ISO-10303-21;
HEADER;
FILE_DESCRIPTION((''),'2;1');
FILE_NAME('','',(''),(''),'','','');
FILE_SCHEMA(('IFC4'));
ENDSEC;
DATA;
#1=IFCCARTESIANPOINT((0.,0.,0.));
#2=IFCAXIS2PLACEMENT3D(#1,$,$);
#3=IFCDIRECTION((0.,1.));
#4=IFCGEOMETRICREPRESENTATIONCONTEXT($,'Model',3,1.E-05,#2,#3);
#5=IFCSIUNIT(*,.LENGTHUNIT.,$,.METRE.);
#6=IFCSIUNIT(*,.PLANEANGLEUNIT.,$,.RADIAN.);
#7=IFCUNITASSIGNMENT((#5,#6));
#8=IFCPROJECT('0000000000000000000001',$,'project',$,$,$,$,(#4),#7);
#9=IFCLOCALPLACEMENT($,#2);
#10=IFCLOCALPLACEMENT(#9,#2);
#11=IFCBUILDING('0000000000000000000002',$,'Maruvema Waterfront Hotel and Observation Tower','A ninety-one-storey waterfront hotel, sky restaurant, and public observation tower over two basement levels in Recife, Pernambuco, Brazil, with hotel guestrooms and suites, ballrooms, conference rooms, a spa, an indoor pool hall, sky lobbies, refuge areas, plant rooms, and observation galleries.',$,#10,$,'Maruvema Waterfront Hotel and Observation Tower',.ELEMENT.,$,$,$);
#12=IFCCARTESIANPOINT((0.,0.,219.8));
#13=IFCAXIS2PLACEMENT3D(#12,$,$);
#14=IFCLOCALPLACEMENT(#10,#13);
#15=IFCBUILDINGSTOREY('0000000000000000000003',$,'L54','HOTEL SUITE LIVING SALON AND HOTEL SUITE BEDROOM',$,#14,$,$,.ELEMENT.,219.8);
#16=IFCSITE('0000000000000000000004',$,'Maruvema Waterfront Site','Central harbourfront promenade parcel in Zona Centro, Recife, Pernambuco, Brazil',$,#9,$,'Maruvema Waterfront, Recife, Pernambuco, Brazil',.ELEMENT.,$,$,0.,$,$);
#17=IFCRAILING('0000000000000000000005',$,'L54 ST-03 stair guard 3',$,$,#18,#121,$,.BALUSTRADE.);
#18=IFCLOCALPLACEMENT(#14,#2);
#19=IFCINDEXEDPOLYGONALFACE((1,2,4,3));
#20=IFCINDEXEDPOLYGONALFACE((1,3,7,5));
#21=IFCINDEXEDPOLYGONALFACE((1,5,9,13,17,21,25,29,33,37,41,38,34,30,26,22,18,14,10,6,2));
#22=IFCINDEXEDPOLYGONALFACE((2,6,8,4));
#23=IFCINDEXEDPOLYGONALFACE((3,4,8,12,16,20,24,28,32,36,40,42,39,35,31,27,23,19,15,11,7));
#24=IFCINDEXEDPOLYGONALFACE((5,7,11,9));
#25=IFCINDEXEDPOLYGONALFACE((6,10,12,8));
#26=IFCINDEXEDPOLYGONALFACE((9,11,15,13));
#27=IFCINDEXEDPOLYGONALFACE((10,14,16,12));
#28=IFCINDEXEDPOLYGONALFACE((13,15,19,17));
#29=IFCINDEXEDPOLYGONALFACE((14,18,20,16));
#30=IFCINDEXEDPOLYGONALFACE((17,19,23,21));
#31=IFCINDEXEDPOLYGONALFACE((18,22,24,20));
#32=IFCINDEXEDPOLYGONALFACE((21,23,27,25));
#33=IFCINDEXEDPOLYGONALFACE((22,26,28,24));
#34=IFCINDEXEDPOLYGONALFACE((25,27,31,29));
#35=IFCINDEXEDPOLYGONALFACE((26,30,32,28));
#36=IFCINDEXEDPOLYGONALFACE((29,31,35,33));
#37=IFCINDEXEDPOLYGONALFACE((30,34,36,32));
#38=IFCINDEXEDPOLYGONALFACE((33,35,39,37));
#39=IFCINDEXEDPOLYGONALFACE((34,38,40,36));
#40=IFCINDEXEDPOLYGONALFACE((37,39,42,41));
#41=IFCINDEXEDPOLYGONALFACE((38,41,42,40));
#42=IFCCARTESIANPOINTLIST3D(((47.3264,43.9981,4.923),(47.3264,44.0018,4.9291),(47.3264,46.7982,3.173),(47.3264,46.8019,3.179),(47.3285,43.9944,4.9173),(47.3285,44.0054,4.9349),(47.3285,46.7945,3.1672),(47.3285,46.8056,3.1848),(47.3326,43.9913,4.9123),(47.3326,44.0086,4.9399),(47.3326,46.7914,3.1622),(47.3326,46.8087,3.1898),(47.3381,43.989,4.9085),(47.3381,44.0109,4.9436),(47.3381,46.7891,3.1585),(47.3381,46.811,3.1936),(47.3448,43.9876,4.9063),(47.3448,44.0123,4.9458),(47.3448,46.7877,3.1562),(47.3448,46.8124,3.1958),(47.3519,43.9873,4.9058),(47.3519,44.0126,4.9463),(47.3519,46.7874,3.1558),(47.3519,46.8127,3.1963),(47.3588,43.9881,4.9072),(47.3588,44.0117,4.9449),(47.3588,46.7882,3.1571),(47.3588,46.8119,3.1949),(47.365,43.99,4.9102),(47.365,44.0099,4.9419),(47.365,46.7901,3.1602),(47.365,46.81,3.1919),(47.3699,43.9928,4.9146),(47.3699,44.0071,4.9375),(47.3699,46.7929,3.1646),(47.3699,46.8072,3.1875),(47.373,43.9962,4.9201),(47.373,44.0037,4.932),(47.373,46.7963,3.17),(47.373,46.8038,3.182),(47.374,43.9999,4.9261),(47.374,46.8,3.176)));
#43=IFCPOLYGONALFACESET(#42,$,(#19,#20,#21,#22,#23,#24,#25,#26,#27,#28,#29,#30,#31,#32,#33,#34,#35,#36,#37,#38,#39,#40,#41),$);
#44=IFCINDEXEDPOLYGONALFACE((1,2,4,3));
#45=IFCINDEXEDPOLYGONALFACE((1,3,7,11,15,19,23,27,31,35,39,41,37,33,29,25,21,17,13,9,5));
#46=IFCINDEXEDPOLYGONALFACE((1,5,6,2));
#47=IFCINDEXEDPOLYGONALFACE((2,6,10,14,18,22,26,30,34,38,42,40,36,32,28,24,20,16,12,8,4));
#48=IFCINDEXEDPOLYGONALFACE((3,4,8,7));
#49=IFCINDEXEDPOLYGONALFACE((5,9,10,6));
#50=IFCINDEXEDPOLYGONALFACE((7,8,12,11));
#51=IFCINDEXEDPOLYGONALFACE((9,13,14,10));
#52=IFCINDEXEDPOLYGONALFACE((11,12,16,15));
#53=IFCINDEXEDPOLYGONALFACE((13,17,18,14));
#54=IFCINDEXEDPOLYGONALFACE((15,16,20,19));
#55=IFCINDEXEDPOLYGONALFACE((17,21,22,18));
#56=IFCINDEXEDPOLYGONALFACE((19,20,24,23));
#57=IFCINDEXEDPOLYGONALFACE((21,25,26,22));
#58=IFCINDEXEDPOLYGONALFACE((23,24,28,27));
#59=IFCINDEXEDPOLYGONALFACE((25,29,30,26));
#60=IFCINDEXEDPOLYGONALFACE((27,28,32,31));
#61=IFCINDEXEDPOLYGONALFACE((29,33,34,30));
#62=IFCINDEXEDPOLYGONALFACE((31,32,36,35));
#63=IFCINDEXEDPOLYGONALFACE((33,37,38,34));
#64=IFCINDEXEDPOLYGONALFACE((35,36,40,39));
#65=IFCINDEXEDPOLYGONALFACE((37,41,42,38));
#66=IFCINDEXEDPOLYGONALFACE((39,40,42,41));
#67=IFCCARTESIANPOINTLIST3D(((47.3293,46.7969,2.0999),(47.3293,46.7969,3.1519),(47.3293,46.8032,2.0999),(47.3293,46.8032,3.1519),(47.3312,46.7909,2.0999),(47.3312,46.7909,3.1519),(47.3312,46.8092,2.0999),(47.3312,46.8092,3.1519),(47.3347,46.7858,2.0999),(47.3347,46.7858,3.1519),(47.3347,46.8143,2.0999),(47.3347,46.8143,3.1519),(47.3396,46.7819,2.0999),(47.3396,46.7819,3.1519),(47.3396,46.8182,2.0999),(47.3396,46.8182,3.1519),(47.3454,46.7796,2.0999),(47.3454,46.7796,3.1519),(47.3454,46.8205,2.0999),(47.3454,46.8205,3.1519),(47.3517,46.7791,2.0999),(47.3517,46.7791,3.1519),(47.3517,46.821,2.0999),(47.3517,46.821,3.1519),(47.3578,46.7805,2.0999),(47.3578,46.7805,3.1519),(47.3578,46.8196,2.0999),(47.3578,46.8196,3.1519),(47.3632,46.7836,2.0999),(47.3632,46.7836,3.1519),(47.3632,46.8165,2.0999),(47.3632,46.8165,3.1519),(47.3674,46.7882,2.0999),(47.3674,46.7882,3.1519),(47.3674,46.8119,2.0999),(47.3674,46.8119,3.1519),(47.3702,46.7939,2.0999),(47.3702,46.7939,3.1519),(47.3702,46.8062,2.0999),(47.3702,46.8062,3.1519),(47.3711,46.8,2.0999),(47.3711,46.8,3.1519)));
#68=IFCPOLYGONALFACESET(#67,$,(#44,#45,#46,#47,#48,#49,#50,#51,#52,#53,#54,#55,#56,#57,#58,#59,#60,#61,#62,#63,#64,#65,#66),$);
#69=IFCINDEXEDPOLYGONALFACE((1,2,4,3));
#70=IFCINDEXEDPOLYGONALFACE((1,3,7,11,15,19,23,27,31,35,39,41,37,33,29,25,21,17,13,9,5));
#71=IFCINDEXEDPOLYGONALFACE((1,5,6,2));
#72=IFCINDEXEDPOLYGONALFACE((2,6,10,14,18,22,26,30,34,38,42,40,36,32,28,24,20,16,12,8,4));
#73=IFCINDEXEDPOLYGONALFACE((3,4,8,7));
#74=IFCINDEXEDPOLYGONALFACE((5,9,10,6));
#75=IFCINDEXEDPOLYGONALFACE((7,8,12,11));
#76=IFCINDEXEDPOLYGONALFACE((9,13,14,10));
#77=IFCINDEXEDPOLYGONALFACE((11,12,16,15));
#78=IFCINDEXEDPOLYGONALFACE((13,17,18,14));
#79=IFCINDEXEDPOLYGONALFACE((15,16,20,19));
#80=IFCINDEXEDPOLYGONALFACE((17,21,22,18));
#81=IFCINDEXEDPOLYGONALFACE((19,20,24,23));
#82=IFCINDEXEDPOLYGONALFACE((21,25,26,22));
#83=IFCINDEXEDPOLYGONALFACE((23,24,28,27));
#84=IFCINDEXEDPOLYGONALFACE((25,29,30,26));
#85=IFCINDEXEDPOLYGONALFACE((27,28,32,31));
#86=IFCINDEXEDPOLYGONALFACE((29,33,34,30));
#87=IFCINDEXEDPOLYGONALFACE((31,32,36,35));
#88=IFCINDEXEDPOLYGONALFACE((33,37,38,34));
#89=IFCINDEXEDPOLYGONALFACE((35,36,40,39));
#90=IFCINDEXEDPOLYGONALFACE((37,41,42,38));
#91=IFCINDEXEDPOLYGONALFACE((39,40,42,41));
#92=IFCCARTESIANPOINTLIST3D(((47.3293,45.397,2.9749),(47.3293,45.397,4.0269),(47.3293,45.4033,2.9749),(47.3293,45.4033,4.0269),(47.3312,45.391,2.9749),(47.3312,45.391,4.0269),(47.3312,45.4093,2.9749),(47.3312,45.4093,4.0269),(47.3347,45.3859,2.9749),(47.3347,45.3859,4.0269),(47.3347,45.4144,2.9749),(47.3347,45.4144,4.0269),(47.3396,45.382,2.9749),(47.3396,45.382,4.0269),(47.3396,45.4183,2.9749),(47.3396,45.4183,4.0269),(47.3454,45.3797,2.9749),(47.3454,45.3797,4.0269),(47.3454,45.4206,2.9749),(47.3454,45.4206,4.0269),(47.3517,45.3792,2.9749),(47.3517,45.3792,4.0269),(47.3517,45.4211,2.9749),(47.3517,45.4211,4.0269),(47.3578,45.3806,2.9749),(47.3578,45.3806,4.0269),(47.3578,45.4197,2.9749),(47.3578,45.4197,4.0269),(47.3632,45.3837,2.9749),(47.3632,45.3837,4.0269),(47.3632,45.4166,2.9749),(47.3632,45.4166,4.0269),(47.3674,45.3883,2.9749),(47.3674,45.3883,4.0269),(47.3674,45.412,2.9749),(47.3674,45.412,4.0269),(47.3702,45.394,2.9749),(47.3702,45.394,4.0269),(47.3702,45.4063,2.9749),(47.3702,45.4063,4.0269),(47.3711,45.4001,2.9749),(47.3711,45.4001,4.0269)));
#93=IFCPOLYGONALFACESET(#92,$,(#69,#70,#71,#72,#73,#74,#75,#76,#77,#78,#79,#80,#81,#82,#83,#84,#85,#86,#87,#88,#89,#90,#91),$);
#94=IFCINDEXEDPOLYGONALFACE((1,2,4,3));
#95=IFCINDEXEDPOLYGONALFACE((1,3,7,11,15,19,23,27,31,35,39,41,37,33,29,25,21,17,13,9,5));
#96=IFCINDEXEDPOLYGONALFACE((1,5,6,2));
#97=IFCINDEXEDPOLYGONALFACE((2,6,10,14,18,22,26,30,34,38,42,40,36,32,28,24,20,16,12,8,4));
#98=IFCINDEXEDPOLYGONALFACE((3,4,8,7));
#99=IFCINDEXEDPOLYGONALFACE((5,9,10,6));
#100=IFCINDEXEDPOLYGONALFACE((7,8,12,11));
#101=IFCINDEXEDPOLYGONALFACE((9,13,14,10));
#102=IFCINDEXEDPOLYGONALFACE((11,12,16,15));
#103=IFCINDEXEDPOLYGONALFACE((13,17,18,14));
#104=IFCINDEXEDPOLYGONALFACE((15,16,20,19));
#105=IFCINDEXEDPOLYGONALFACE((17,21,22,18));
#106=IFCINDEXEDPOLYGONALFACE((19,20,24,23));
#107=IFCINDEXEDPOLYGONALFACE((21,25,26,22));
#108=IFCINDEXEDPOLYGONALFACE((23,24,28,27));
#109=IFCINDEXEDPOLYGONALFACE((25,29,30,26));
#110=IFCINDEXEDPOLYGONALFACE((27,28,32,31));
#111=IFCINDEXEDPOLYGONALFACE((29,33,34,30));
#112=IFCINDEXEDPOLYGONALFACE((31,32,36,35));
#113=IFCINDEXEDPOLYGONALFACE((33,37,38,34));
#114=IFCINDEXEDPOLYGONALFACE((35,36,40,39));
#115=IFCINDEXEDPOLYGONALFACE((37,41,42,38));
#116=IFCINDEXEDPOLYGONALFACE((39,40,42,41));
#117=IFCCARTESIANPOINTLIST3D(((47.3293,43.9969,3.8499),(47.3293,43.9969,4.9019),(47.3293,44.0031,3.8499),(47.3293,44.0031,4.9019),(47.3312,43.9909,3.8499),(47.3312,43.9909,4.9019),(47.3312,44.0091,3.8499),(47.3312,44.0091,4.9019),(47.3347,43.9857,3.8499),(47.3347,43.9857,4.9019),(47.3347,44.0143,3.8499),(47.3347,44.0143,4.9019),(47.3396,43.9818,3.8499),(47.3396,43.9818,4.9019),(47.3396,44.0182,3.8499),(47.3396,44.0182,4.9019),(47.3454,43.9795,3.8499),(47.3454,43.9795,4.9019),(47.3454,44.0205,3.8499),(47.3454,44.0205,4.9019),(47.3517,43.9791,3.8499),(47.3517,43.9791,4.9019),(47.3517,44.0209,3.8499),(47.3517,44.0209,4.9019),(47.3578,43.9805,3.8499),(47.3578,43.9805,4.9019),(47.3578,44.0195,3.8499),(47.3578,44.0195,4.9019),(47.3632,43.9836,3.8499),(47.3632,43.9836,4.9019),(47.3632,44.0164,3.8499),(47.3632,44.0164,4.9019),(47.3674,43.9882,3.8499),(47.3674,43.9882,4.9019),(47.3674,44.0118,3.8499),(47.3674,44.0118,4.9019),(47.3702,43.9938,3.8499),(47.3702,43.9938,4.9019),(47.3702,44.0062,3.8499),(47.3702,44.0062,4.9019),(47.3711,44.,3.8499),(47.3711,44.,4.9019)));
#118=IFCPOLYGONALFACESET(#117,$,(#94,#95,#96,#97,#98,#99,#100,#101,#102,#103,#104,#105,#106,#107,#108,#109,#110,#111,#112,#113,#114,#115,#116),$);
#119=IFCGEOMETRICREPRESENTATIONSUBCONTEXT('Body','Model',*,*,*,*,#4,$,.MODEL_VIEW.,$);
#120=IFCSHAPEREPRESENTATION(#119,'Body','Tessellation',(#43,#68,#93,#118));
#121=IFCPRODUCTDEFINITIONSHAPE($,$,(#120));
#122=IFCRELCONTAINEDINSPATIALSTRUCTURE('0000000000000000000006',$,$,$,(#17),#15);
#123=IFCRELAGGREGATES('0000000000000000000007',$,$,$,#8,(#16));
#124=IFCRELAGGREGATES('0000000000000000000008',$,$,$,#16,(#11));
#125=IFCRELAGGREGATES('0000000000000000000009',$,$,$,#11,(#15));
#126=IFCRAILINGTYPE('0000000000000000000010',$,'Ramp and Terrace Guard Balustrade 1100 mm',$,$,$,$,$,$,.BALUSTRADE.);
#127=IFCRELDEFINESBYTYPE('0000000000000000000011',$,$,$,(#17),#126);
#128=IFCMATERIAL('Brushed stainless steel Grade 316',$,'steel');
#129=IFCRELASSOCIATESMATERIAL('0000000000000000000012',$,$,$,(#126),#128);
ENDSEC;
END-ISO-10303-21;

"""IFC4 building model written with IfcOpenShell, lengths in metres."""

from ifc_helpers import new_model, si_unit, direction, frame, origin, origin_2d, place, context, subcontext, project, spatial, circle, extrude, material, type_object, element, save


model = new_model("IFC4")

# Units and contexts
model_context = context("Model", 3, precision=1e-05, world=origin(), true_north=direction((0.0, 1.0)))
body_context = subcontext(model_context, "Body", "Model", "MODEL_VIEW")
ifc_project = project(units=[si_unit("LENGTHUNIT", "METRE"), si_unit("PLANEANGLEUNIT", "RADIAN")], contexts=[model_context])

# Site, building, storey
site_placement = place(None, origin())
site = spatial("IfcSite", under=ifc_project, at=site_placement, Name="Maruvema Waterfront Site", Description="Central harbourfront promenade parcel in Zona Centro, Recife, Pernambuco, Brazil", LongName="Maruvema Waterfront, Recife, Pernambuco, Brazil", CompositionType="ELEMENT", RefElevation=0.0)
building_placement = place(site_placement, origin())
building = spatial("IfcBuilding", under=site, at=building_placement, Name="Maruvema Waterfront Hotel and Observation Tower", Description="A ninety-one-storey waterfront hotel, sky restaurant, and public observation tower over two basement levels in Recife, Pernambuco, Brazil, with hotel guestrooms and suites, ballrooms, conference rooms, a spa, an indoor pool hall, sky lobbies, refuge areas, plant rooms, and observation galleries.", LongName="Maruvema Waterfront Hotel and Observation Tower", CompositionType="ELEMENT")
storey_placement = place(building_placement, frame((0.0, 0.0, 219.8)))
storey = spatial("IfcBuildingStorey", under=building, at=storey_placement, Name="L54", Description="HOTEL SUITE LIVING SALON AND HOTEL SUITE BEDROOM", CompositionType="ELEMENT", Elevation=219.8)

# Railing
ifc_material_1 = material(Name="Brushed stainless steel Grade 316", Category="steel")
railing_type_1 = type_object("IfcRailingType", Name="Ramp and Terrace Guard Balustrade 1100 mm", PredefinedType="BALUSTRADE", material=ifc_material_1)
railing_1_placement = place(storey_placement, frame((47.3501, 46.8, 2.0999)))
element("IfcRailing", 1, at=railing_1_placement, inside=storey, type_object=railing_type_1, Name="L54 ST-03 stair guard 3", PredefinedType="BALUSTRADE", context=body_context, shape_type="SweptSolid", body=[
    extrude(circle(Radius=0.0239, at=origin_2d()), frame((0.0, 0.0, 1.0762), z_axis=(0.0, -0.848002, 0.529992), x_axis=(1.0, 0.0, 0.0)), (0.0, 0.0, 1.0), 3.302),
    extrude(circle(Radius=0.021, at=origin_2d()), origin(), (0.0, 0.0, 1.0), 1.052),
    extrude(circle(Radius=0.021, at=origin_2d()), frame((0.0, -1.3999, 0.875)), (0.0, 0.0, 1.0), 1.052),
    extrude(circle(Radius=0.021, at=origin_2d()), frame((0.0, -2.8, 1.75)), (0.0, 0.0, 1.0), 1.052),
])

save(model, "model.ifc")
